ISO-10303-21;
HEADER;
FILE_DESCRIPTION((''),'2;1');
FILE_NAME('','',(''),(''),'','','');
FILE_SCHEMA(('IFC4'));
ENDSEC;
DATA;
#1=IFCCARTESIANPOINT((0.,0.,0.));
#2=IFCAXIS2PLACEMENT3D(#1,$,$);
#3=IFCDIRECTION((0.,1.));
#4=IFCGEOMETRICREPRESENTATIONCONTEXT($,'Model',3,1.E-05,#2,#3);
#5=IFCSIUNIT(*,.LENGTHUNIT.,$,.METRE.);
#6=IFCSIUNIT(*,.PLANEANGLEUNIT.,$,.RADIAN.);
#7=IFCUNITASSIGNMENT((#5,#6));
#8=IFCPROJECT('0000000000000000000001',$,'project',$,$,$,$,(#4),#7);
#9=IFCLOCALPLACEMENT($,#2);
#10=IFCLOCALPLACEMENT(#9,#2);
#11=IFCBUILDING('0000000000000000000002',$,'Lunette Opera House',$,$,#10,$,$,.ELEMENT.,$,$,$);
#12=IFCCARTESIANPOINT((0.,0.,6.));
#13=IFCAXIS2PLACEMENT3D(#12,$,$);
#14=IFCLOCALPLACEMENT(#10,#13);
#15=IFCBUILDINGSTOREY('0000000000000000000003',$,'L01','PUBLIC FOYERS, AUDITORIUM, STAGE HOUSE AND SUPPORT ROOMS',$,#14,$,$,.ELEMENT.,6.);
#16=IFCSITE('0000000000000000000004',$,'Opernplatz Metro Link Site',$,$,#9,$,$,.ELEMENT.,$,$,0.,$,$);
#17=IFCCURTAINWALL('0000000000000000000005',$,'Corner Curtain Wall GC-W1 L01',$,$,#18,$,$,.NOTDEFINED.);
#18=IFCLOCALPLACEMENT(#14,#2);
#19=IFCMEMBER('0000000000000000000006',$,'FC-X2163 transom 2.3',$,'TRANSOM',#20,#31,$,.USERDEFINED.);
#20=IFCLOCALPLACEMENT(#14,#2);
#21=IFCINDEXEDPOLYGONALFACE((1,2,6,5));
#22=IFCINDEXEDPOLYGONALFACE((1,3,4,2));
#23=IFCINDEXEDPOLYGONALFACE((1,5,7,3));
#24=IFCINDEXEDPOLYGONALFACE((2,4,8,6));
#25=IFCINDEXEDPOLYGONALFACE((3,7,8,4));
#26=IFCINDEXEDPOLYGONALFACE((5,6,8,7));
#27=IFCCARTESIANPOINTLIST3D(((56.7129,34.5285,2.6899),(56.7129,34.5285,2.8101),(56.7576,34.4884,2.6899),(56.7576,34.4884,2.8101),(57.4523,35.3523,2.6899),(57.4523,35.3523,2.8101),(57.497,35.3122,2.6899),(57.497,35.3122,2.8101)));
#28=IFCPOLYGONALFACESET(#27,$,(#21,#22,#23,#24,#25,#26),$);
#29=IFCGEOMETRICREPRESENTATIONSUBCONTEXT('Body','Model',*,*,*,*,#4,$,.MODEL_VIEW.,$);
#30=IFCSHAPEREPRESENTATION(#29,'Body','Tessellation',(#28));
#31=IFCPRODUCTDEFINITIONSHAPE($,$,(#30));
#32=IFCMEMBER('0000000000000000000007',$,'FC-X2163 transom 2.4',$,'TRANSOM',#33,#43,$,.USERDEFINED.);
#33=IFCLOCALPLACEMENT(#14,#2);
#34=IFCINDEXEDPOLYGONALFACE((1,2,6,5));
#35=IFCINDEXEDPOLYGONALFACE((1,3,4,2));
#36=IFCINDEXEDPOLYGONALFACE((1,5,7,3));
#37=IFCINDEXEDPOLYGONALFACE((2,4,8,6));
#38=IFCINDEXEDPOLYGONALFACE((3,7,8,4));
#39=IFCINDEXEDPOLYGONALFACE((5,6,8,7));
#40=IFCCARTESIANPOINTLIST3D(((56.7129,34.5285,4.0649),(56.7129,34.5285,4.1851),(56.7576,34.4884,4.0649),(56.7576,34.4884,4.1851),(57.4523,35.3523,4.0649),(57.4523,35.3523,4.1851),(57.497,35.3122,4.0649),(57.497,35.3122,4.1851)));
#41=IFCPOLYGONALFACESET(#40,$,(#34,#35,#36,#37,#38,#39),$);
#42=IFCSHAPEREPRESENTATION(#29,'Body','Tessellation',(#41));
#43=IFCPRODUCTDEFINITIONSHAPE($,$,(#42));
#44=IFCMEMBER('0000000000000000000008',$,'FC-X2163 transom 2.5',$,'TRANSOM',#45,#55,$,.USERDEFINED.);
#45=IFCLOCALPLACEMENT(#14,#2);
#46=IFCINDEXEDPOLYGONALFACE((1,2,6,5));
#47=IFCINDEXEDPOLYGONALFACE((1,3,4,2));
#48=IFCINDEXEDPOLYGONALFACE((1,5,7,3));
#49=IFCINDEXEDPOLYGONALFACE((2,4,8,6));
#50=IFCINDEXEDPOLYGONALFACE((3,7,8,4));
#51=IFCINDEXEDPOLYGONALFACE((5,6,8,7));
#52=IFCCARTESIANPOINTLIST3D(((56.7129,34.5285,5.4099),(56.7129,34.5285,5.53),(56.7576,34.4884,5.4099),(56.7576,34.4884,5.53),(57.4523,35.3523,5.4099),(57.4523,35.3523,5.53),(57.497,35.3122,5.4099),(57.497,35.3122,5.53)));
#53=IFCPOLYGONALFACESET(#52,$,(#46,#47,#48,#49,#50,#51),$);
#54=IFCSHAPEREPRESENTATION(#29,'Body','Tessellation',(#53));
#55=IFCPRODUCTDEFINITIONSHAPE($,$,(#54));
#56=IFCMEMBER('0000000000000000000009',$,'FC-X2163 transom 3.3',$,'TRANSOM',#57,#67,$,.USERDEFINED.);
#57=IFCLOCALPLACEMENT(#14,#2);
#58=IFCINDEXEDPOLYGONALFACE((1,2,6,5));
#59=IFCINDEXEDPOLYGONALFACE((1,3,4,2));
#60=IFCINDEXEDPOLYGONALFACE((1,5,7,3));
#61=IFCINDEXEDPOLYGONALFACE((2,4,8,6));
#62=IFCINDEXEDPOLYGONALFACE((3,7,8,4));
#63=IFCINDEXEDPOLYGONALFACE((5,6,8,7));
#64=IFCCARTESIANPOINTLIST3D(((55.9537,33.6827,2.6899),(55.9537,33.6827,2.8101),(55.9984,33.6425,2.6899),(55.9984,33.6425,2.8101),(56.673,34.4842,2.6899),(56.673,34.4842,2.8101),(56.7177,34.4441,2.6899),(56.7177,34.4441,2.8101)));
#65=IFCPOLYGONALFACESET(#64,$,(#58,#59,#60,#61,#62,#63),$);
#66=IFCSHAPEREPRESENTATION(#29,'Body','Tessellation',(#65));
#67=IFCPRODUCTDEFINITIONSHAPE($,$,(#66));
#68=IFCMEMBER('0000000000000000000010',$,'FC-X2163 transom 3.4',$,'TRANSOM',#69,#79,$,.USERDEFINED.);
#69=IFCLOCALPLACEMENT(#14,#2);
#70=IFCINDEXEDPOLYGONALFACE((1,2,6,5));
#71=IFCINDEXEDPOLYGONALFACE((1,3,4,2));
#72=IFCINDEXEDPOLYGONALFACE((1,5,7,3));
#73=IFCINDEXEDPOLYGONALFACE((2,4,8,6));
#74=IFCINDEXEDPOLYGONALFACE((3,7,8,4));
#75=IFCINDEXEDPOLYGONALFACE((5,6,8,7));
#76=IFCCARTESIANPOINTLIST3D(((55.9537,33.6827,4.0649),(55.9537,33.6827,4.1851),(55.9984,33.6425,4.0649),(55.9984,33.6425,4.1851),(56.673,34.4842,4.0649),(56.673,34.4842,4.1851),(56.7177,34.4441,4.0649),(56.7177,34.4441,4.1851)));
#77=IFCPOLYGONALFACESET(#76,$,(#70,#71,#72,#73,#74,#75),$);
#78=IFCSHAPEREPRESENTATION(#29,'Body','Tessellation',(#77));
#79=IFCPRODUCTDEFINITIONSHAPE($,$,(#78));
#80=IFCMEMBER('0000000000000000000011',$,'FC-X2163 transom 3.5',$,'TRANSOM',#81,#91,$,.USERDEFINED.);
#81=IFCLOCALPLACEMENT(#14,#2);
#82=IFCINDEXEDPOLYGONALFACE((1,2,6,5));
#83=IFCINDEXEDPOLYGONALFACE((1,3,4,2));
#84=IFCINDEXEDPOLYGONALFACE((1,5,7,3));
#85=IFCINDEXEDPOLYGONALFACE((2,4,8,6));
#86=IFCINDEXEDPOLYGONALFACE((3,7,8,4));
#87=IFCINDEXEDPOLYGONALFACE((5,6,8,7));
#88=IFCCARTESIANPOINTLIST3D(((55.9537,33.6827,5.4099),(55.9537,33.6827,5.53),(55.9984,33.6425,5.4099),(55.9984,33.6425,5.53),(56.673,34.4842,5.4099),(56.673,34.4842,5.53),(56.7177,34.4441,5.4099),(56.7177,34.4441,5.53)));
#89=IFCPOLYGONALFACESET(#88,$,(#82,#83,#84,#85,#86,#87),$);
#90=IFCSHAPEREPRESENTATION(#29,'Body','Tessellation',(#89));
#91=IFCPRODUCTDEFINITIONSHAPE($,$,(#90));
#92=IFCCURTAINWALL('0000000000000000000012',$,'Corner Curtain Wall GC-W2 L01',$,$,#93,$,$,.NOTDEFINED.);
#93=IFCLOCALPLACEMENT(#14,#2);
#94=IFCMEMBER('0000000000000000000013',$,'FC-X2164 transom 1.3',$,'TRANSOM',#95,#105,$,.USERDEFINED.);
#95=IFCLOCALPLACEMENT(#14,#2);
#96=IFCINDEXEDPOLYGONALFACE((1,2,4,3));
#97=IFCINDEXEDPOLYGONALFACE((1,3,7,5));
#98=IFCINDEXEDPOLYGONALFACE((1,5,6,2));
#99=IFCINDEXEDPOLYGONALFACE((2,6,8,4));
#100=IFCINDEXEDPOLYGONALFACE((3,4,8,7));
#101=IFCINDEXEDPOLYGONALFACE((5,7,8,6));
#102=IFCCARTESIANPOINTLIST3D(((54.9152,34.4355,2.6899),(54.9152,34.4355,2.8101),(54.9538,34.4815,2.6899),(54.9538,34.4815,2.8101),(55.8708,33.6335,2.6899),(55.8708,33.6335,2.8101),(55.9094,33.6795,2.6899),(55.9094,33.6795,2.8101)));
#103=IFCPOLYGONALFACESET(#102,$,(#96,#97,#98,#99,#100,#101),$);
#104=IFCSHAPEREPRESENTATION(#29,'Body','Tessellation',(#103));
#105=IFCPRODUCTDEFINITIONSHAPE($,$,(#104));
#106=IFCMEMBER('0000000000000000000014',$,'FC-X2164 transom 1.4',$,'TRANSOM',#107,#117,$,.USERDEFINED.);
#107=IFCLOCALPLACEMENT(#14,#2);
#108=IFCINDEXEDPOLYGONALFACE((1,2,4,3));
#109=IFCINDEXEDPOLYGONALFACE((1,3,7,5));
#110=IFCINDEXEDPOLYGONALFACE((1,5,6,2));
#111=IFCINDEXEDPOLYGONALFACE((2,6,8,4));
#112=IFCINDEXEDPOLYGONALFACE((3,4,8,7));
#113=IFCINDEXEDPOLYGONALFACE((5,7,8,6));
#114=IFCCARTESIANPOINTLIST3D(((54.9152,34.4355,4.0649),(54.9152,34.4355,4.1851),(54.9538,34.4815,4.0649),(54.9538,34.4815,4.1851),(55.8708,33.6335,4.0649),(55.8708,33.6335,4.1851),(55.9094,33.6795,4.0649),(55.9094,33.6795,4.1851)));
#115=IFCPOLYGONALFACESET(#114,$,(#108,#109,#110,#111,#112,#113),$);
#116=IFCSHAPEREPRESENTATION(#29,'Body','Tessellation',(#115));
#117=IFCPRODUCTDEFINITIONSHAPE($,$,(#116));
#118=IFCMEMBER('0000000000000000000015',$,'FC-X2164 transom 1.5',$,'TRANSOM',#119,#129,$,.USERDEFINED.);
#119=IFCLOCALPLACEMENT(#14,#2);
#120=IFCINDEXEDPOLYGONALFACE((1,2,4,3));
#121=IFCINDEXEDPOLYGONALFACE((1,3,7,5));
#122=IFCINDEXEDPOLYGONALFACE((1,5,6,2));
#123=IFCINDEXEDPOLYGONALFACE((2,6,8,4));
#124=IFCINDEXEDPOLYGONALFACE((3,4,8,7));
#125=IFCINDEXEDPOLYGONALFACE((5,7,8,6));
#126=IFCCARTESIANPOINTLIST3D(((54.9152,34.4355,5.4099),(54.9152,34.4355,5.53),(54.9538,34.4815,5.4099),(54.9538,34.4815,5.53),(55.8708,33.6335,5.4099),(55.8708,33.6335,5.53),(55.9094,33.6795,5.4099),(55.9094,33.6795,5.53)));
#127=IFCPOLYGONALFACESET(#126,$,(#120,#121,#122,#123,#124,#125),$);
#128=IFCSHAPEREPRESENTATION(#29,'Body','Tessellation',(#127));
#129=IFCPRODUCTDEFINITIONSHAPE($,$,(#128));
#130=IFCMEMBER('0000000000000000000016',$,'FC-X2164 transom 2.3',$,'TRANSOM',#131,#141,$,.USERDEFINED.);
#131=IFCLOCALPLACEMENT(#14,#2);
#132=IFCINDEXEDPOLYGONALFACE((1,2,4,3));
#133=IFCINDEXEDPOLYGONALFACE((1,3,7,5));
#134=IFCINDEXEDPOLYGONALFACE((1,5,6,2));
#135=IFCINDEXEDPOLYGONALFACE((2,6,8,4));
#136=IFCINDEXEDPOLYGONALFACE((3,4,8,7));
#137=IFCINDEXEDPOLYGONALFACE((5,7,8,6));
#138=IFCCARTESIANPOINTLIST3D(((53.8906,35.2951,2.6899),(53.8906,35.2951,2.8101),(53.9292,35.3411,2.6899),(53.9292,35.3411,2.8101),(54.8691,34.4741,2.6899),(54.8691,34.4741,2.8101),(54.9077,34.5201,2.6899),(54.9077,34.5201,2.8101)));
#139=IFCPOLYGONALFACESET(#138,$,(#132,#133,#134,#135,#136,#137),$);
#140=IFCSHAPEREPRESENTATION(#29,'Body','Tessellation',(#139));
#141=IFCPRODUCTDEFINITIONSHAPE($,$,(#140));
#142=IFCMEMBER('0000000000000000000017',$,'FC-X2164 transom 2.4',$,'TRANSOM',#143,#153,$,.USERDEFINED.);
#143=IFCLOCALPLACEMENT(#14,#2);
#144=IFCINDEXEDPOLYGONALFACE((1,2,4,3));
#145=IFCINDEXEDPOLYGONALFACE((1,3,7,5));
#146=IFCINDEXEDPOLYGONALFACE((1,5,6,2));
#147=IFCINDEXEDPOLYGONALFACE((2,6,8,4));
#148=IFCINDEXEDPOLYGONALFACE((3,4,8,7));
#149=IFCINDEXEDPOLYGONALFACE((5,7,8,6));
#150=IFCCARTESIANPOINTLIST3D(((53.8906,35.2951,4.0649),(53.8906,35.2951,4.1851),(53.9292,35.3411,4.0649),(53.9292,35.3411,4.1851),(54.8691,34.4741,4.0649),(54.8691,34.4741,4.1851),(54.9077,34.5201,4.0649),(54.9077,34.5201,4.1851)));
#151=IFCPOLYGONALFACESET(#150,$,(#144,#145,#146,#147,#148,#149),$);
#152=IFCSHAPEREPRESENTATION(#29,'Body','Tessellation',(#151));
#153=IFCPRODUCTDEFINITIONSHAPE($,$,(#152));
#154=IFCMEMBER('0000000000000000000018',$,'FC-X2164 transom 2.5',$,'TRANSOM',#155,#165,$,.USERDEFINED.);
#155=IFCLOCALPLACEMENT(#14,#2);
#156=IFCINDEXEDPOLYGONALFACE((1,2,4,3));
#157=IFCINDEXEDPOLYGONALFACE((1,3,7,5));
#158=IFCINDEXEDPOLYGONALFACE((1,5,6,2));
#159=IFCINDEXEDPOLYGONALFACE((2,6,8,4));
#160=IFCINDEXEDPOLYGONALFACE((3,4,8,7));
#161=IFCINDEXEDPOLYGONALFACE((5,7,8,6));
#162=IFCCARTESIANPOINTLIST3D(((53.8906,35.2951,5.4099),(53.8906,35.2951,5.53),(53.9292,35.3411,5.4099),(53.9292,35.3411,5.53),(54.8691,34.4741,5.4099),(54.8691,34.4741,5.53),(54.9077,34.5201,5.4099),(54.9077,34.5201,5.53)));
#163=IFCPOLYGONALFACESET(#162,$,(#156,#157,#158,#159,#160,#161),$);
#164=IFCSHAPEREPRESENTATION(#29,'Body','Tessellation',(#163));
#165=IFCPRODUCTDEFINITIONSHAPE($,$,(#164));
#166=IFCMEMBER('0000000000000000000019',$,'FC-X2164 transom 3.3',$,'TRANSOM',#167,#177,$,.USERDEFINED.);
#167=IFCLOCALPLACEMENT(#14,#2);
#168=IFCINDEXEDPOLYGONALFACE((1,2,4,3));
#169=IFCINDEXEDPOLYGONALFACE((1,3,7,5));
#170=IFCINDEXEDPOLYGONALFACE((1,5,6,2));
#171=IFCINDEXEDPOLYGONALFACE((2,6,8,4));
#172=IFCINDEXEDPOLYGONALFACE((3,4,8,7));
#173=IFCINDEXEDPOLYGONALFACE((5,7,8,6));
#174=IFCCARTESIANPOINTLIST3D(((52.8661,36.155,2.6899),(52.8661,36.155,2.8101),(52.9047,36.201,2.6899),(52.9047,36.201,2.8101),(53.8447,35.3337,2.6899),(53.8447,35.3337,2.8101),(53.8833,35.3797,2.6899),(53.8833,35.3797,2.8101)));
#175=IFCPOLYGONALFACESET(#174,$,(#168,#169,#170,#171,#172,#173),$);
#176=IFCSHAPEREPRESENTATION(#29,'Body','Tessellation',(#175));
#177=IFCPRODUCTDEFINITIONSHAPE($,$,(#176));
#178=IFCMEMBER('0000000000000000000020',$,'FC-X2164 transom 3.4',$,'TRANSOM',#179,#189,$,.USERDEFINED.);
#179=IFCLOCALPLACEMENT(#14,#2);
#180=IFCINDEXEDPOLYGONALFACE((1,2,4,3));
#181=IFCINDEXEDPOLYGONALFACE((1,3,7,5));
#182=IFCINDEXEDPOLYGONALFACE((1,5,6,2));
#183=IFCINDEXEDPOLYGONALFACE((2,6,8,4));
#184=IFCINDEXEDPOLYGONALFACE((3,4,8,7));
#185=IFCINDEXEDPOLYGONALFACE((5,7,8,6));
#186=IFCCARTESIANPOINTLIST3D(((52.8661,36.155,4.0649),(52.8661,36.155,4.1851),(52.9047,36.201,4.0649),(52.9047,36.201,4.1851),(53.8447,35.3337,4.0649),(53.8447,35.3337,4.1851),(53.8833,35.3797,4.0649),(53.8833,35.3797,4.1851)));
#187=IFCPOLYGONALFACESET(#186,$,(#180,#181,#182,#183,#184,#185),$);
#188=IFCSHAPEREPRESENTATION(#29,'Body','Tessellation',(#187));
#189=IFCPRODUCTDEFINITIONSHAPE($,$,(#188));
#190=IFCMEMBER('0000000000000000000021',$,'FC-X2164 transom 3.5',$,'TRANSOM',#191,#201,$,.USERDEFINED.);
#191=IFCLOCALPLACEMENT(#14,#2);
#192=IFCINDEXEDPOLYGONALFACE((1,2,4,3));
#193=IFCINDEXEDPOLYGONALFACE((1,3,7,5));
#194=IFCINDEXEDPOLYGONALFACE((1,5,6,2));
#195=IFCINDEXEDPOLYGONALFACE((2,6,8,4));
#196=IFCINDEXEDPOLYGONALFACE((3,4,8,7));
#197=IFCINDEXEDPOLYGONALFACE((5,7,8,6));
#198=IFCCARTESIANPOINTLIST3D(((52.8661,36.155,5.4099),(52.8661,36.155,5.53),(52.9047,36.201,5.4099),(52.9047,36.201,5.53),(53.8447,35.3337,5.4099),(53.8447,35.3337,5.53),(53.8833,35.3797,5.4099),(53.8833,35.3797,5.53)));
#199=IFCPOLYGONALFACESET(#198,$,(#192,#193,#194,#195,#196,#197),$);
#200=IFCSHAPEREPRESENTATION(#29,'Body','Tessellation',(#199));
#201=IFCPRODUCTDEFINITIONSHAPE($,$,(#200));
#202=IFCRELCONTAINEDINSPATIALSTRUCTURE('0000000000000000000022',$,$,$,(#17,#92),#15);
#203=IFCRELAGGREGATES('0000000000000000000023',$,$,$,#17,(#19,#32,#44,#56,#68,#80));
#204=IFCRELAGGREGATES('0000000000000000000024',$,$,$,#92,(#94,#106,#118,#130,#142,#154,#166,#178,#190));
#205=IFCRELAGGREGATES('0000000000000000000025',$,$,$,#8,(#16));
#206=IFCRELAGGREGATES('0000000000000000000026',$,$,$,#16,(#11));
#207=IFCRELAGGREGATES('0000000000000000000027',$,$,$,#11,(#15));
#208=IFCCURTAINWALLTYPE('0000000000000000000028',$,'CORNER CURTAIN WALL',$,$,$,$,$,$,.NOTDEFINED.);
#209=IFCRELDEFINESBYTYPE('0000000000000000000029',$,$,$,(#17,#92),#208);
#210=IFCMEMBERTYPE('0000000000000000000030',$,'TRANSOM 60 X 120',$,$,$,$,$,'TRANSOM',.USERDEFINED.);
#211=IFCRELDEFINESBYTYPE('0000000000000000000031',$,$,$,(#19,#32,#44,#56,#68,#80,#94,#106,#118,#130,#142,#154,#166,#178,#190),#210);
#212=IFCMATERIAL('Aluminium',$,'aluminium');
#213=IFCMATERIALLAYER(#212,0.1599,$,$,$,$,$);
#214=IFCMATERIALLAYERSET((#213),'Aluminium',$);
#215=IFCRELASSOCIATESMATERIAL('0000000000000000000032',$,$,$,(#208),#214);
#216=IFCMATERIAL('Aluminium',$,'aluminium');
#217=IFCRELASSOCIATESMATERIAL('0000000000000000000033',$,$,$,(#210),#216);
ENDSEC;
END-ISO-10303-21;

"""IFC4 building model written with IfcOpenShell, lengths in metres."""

from ifc_helpers import new_model, si_unit, direction, frame, origin, origin_2d, place, context, subcontext, project, spatial, rectangle, extrude, material, layer, layer_set, material_profile, profile_set, type_object, element, aggregate, save


model = new_model("IFC4")

# Units and contexts
model_context = context("Model", 3, precision=1e-05, world=origin(), true_north=direction((0.0, 1.0)))
body_context = subcontext(model_context, "Body", "Model", "MODEL_VIEW")
ifc_project = project(units=[si_unit("LENGTHUNIT", "METRE"), si_unit("PLANEANGLEUNIT", "RADIAN")], contexts=[model_context])

# Site, building, storey
site_placement = place(None, origin())
site = spatial("IfcSite", under=ifc_project, at=site_placement, Name="Opernplatz Metro Link Site", CompositionType="ELEMENT", RefElevation=0.0)
building_placement = place(site_placement, origin())
building = spatial("IfcBuilding", under=site, at=building_placement, Name="Lunette Opera House", CompositionType="ELEMENT")
storey_placement = place(building_placement, frame((0.0, 0.0, 6.0)))
storey = spatial("IfcBuildingStorey", under=building, at=storey_placement, Name="L01", Description="PUBLIC FOYERS, AUDITORIUM, STAGE HOUSE AND SUPPORT ROOMS", CompositionType="ELEMENT", Elevation=6.0)

# Curtain walls, members
ifc_material_1 = material(Name="Aluminium", Category="aluminium")
ifc_layer_1 = layer(ifc_material_1, 0.1599)
ifc_layer_set_1 = layer_set([ifc_layer_1], Name="Aluminium")
curtain_wall_type = type_object("IfcCurtainWallType", Name="CORNER CURTAIN WALL", PredefinedType="NOTDEFINED", material=ifc_layer_set_1)
curtain_wall_1_placement = place(storey_placement, origin())
curtain_wall_1 = element("IfcCurtainWall", 1, at=curtain_wall_1_placement, inside=storey, type_object=curtain_wall_type, Name="Corner Curtain Wall GC-W1 L01", PredefinedType="NOTDEFINED")
ifc_material_2 = material(Name="Aluminium", Category="aluminium")
ifc_material_profile = material_profile(ifc_material_2, rectangle(XDim=0.0601, YDim=0.1201, at=origin_2d()), Name="TRANSOM 60 X 120")
ifc_profile_set = profile_set([ifc_material_profile], Name="Aluminium")
member_type = type_object("IfcMemberType", Name="TRANSOM 60 X 120", ElementType="TRANSOM", PredefinedType="USERDEFINED", material=ifc_profile_set)
member_1_placement = place(storey_placement, frame((57.4746, 35.3323, 2.75), z_axis=(-0.667916, -0.744237, 0.0), x_axis=(0.744237, -0.667916, 0.0)))
member_1 = element("IfcMember", 2, at=member_1_placement, type_object=member_type, Name="FC-X2163 transom 2.3", ObjectType="TRANSOM", PredefinedType="USERDEFINED", context=body_context, shape_type="SweptSolid", body=[
    extrude(rectangle(XDim=0.0601, YDim=0.1201, at=origin_2d()), origin(), (0.0, 0.0, 1.0), 1.1069),
])
member_2_placement = place(storey_placement, frame((57.4746, 35.3323, 4.125), z_axis=(-0.667916, -0.744237, 0.0), x_axis=(0.744237, -0.667916, 0.0)))
member_2 = element("IfcMember", 3, at=member_2_placement, type_object=member_type, Name="FC-X2163 transom 2.4", ObjectType="TRANSOM", PredefinedType="USERDEFINED", context=body_context, shape_type="SweptSolid", body=[
    extrude(rectangle(XDim=0.0601, YDim=0.1201, at=origin_2d()), origin(), (0.0, 0.0, 1.0), 1.1069),
])
member_3_placement = place(storey_placement, frame((57.4746, 35.3323, 5.47), z_axis=(-0.667916, -0.744237, 0.0), x_axis=(0.744237, -0.667916, 0.0)))
member_3 = element("IfcMember", 4, at=member_3_placement, type_object=member_type, Name="FC-X2163 transom 2.5", ObjectType="TRANSOM", PredefinedType="USERDEFINED", context=body_context, shape_type="SweptSolid", body=[
    extrude(rectangle(XDim=0.0601, YDim=0.1201, at=origin_2d()), origin(), (0.0, 0.0, 1.0), 1.1069),
])
member_4_placement = place(storey_placement, frame((56.6953, 34.4641, 2.75), z_axis=(-0.667874, -0.744274, 0.0), x_axis=(0.744274, -0.667874, 0.0)))
member_4 = element("IfcMember", 5, at=member_4_placement, type_object=member_type, Name="FC-X2163 transom 3.3", ObjectType="TRANSOM", PredefinedType="USERDEFINED", context=body_context, shape_type="SweptSolid", body=[
    extrude(rectangle(XDim=0.0601, YDim=0.1201, at=origin_2d()), origin(), (0.0, 0.0, 1.0), 1.0769),
])
member_5_placement = place(storey_placement, frame((56.6953, 34.4641, 4.125), z_axis=(-0.667874, -0.744274, 0.0), x_axis=(0.744274, -0.667874, 0.0)))
member_5 = element("IfcMember", 6, at=member_5_placement, type_object=member_type, Name="FC-X2163 transom 3.4", ObjectType="TRANSOM", PredefinedType="USERDEFINED", context=body_context, shape_type="SweptSolid", body=[
    extrude(rectangle(XDim=0.0601, YDim=0.1201, at=origin_2d()), origin(), (0.0, 0.0, 1.0), 1.0769),
])
member_6_placement = place(storey_placement, frame((56.6953, 34.4641, 5.47), z_axis=(-0.667874, -0.744274, 0.0), x_axis=(0.744274, -0.667874, 0.0)))
member_6 = element("IfcMember", 7, at=member_6_placement, type_object=member_type, Name="FC-X2163 transom 3.5", ObjectType="TRANSOM", PredefinedType="USERDEFINED", context=body_context, shape_type="SweptSolid", body=[
    extrude(rectangle(XDim=0.0601, YDim=0.1201, at=origin_2d()), origin(), (0.0, 0.0, 1.0), 1.0769),
])
curtain_wall_2_placement = place(storey_placement, origin())
curtain_wall_2 = element("IfcCurtainWall", 8, at=curtain_wall_2_placement, inside=storey, type_object=curtain_wall_type, Name="Corner Curtain Wall GC-W2 L01", PredefinedType="NOTDEFINED")
member_7_placement = place(storey_placement, frame((55.8901, 33.6565, 2.75), z_axis=(-0.765971, 0.642875, 0.0), x_axis=(-0.642875, -0.765971, 0.0)))
member_7 = element("IfcMember", 9, at=member_7_placement, type_object=member_type, Name="FC-X2164 transom 1.3", ObjectType="TRANSOM", PredefinedType="USERDEFINED", context=body_context, shape_type="SweptSolid", body=[
    extrude(rectangle(XDim=0.0601, YDim=0.1201, at=origin_2d()), origin(), (0.0, 0.0, 1.0), 1.2476),
])
member_8_placement = place(storey_placement, frame((55.8901, 33.6565, 4.125), z_axis=(-0.765971, 0.642875, 0.0), x_axis=(-0.642875, -0.765971, 0.0)))
member_8 = element("IfcMember", 10, at=member_8_placement, type_object=member_type, Name="FC-X2164 transom 1.4", ObjectType="TRANSOM", PredefinedType="USERDEFINED", context=body_context, shape_type="SweptSolid", body=[
    extrude(rectangle(XDim=0.0601, YDim=0.1201, at=origin_2d()), origin(), (0.0, 0.0, 1.0), 1.2476),
])
member_9_placement = place(storey_placement, frame((55.8901, 33.6565, 5.47), z_axis=(-0.765971, 0.642875, 0.0), x_axis=(-0.642875, -0.765971, 0.0)))
member_9 = element("IfcMember", 11, at=member_9_placement, type_object=member_type, Name="FC-X2164 transom 1.5", ObjectType="TRANSOM", PredefinedType="USERDEFINED", context=body_context, shape_type="SweptSolid", body=[
    extrude(rectangle(XDim=0.0601, YDim=0.1201, at=origin_2d()), origin(), (0.0, 0.0, 1.0), 1.2476),
])
member_10_placement = place(storey_placement, frame((54.8884, 34.4971, 2.75), z_axis=(-0.766055, 0.642775, 0.0), x_axis=(-0.642775, -0.766055, 0.0)))
member_10 = element("IfcMember", 12, at=member_10_placement, type_object=member_type, Name="FC-X2164 transom 2.3", ObjectType="TRANSOM", PredefinedType="USERDEFINED", context=body_context, shape_type="SweptSolid", body=[
    extrude(rectangle(XDim=0.0601, YDim=0.1201, at=origin_2d()), origin(), (0.0, 0.0, 1.0), 1.2773),
])
member_11_placement = place(storey_placement, frame((54.8884, 34.4971, 4.125), z_axis=(-0.766055, 0.642775, 0.0), x_axis=(-0.642775, -0.766055, 0.0)))
member_11 = element("IfcMember", 13, at=member_11_placement, type_object=member_type, Name="FC-X2164 transom 2.4", ObjectType="TRANSOM", PredefinedType="USERDEFINED", context=body_context, shape_type="SweptSolid", body=[
    extrude(rectangle(XDim=0.0601, YDim=0.1201, at=origin_2d()), origin(), (0.0, 0.0, 1.0), 1.2773),
])
member_12_placement = place(storey_placement, frame((54.8884, 34.4971, 5.47), z_axis=(-0.766055, 0.642775, 0.0), x_axis=(-0.642775, -0.766055, 0.0)))
member_12 = element("IfcMember", 14, at=member_12_placement, type_object=member_type, Name="FC-X2164 transom 2.5", ObjectType="TRANSOM", PredefinedType="USERDEFINED", context=body_context, shape_type="SweptSolid", body=[
    extrude(rectangle(XDim=0.0601, YDim=0.1201, at=origin_2d()), origin(), (0.0, 0.0, 1.0), 1.2773),
])
member_13_placement = place(storey_placement, frame((53.864, 35.3567, 2.75), z_axis=(-0.765961, 0.642887, 0.0), x_axis=(-0.642887, -0.765961, 0.0)))
member_13 = element("IfcMember", 15, at=member_13_placement, type_object=member_type, Name="FC-X2164 transom 3.3", ObjectType="TRANSOM", PredefinedType="USERDEFINED", context=body_context, shape_type="SweptSolid", body=[
    extrude(rectangle(XDim=0.0601, YDim=0.1201, at=origin_2d()), origin(), (0.0, 0.0, 1.0), 1.2776),
])
member_14_placement = place(storey_placement, frame((53.864, 35.3567, 4.125), z_axis=(-0.765961, 0.642887, 0.0), x_axis=(-0.642887, -0.765961, 0.0)))
member_14 = element("IfcMember", 16, at=member_14_placement, type_object=member_type, Name="FC-X2164 transom 3.4", ObjectType="TRANSOM", PredefinedType="USERDEFINED", context=body_context, shape_type="SweptSolid", body=[
    extrude(rectangle(XDim=0.0601, YDim=0.1201, at=origin_2d()), origin(), (0.0, 0.0, 1.0), 1.2776),
])
member_15_placement = place(storey_placement, frame((53.864, 35.3567, 5.47), z_axis=(-0.765961, 0.642887, 0.0), x_axis=(-0.642887, -0.765961, 0.0)))
member_15 = element("IfcMember", 17, at=member_15_placement, type_object=member_type, Name="FC-X2164 transom 3.5", ObjectType="TRANSOM", PredefinedType="USERDEFINED", context=body_context, shape_type="SweptSolid", body=[
    extrude(rectangle(XDim=0.0601, YDim=0.1201, at=origin_2d()), origin(), (0.0, 0.0, 1.0), 1.2776),
])

aggregate(curtain_wall_1, [member_1, member_2, member_3, member_4, member_5, member_6])
aggregate(curtain_wall_2, [member_7, member_8, member_9, member_10, member_11, member_12, member_13, member_14, member_15])

save(model, "model.ifc")
